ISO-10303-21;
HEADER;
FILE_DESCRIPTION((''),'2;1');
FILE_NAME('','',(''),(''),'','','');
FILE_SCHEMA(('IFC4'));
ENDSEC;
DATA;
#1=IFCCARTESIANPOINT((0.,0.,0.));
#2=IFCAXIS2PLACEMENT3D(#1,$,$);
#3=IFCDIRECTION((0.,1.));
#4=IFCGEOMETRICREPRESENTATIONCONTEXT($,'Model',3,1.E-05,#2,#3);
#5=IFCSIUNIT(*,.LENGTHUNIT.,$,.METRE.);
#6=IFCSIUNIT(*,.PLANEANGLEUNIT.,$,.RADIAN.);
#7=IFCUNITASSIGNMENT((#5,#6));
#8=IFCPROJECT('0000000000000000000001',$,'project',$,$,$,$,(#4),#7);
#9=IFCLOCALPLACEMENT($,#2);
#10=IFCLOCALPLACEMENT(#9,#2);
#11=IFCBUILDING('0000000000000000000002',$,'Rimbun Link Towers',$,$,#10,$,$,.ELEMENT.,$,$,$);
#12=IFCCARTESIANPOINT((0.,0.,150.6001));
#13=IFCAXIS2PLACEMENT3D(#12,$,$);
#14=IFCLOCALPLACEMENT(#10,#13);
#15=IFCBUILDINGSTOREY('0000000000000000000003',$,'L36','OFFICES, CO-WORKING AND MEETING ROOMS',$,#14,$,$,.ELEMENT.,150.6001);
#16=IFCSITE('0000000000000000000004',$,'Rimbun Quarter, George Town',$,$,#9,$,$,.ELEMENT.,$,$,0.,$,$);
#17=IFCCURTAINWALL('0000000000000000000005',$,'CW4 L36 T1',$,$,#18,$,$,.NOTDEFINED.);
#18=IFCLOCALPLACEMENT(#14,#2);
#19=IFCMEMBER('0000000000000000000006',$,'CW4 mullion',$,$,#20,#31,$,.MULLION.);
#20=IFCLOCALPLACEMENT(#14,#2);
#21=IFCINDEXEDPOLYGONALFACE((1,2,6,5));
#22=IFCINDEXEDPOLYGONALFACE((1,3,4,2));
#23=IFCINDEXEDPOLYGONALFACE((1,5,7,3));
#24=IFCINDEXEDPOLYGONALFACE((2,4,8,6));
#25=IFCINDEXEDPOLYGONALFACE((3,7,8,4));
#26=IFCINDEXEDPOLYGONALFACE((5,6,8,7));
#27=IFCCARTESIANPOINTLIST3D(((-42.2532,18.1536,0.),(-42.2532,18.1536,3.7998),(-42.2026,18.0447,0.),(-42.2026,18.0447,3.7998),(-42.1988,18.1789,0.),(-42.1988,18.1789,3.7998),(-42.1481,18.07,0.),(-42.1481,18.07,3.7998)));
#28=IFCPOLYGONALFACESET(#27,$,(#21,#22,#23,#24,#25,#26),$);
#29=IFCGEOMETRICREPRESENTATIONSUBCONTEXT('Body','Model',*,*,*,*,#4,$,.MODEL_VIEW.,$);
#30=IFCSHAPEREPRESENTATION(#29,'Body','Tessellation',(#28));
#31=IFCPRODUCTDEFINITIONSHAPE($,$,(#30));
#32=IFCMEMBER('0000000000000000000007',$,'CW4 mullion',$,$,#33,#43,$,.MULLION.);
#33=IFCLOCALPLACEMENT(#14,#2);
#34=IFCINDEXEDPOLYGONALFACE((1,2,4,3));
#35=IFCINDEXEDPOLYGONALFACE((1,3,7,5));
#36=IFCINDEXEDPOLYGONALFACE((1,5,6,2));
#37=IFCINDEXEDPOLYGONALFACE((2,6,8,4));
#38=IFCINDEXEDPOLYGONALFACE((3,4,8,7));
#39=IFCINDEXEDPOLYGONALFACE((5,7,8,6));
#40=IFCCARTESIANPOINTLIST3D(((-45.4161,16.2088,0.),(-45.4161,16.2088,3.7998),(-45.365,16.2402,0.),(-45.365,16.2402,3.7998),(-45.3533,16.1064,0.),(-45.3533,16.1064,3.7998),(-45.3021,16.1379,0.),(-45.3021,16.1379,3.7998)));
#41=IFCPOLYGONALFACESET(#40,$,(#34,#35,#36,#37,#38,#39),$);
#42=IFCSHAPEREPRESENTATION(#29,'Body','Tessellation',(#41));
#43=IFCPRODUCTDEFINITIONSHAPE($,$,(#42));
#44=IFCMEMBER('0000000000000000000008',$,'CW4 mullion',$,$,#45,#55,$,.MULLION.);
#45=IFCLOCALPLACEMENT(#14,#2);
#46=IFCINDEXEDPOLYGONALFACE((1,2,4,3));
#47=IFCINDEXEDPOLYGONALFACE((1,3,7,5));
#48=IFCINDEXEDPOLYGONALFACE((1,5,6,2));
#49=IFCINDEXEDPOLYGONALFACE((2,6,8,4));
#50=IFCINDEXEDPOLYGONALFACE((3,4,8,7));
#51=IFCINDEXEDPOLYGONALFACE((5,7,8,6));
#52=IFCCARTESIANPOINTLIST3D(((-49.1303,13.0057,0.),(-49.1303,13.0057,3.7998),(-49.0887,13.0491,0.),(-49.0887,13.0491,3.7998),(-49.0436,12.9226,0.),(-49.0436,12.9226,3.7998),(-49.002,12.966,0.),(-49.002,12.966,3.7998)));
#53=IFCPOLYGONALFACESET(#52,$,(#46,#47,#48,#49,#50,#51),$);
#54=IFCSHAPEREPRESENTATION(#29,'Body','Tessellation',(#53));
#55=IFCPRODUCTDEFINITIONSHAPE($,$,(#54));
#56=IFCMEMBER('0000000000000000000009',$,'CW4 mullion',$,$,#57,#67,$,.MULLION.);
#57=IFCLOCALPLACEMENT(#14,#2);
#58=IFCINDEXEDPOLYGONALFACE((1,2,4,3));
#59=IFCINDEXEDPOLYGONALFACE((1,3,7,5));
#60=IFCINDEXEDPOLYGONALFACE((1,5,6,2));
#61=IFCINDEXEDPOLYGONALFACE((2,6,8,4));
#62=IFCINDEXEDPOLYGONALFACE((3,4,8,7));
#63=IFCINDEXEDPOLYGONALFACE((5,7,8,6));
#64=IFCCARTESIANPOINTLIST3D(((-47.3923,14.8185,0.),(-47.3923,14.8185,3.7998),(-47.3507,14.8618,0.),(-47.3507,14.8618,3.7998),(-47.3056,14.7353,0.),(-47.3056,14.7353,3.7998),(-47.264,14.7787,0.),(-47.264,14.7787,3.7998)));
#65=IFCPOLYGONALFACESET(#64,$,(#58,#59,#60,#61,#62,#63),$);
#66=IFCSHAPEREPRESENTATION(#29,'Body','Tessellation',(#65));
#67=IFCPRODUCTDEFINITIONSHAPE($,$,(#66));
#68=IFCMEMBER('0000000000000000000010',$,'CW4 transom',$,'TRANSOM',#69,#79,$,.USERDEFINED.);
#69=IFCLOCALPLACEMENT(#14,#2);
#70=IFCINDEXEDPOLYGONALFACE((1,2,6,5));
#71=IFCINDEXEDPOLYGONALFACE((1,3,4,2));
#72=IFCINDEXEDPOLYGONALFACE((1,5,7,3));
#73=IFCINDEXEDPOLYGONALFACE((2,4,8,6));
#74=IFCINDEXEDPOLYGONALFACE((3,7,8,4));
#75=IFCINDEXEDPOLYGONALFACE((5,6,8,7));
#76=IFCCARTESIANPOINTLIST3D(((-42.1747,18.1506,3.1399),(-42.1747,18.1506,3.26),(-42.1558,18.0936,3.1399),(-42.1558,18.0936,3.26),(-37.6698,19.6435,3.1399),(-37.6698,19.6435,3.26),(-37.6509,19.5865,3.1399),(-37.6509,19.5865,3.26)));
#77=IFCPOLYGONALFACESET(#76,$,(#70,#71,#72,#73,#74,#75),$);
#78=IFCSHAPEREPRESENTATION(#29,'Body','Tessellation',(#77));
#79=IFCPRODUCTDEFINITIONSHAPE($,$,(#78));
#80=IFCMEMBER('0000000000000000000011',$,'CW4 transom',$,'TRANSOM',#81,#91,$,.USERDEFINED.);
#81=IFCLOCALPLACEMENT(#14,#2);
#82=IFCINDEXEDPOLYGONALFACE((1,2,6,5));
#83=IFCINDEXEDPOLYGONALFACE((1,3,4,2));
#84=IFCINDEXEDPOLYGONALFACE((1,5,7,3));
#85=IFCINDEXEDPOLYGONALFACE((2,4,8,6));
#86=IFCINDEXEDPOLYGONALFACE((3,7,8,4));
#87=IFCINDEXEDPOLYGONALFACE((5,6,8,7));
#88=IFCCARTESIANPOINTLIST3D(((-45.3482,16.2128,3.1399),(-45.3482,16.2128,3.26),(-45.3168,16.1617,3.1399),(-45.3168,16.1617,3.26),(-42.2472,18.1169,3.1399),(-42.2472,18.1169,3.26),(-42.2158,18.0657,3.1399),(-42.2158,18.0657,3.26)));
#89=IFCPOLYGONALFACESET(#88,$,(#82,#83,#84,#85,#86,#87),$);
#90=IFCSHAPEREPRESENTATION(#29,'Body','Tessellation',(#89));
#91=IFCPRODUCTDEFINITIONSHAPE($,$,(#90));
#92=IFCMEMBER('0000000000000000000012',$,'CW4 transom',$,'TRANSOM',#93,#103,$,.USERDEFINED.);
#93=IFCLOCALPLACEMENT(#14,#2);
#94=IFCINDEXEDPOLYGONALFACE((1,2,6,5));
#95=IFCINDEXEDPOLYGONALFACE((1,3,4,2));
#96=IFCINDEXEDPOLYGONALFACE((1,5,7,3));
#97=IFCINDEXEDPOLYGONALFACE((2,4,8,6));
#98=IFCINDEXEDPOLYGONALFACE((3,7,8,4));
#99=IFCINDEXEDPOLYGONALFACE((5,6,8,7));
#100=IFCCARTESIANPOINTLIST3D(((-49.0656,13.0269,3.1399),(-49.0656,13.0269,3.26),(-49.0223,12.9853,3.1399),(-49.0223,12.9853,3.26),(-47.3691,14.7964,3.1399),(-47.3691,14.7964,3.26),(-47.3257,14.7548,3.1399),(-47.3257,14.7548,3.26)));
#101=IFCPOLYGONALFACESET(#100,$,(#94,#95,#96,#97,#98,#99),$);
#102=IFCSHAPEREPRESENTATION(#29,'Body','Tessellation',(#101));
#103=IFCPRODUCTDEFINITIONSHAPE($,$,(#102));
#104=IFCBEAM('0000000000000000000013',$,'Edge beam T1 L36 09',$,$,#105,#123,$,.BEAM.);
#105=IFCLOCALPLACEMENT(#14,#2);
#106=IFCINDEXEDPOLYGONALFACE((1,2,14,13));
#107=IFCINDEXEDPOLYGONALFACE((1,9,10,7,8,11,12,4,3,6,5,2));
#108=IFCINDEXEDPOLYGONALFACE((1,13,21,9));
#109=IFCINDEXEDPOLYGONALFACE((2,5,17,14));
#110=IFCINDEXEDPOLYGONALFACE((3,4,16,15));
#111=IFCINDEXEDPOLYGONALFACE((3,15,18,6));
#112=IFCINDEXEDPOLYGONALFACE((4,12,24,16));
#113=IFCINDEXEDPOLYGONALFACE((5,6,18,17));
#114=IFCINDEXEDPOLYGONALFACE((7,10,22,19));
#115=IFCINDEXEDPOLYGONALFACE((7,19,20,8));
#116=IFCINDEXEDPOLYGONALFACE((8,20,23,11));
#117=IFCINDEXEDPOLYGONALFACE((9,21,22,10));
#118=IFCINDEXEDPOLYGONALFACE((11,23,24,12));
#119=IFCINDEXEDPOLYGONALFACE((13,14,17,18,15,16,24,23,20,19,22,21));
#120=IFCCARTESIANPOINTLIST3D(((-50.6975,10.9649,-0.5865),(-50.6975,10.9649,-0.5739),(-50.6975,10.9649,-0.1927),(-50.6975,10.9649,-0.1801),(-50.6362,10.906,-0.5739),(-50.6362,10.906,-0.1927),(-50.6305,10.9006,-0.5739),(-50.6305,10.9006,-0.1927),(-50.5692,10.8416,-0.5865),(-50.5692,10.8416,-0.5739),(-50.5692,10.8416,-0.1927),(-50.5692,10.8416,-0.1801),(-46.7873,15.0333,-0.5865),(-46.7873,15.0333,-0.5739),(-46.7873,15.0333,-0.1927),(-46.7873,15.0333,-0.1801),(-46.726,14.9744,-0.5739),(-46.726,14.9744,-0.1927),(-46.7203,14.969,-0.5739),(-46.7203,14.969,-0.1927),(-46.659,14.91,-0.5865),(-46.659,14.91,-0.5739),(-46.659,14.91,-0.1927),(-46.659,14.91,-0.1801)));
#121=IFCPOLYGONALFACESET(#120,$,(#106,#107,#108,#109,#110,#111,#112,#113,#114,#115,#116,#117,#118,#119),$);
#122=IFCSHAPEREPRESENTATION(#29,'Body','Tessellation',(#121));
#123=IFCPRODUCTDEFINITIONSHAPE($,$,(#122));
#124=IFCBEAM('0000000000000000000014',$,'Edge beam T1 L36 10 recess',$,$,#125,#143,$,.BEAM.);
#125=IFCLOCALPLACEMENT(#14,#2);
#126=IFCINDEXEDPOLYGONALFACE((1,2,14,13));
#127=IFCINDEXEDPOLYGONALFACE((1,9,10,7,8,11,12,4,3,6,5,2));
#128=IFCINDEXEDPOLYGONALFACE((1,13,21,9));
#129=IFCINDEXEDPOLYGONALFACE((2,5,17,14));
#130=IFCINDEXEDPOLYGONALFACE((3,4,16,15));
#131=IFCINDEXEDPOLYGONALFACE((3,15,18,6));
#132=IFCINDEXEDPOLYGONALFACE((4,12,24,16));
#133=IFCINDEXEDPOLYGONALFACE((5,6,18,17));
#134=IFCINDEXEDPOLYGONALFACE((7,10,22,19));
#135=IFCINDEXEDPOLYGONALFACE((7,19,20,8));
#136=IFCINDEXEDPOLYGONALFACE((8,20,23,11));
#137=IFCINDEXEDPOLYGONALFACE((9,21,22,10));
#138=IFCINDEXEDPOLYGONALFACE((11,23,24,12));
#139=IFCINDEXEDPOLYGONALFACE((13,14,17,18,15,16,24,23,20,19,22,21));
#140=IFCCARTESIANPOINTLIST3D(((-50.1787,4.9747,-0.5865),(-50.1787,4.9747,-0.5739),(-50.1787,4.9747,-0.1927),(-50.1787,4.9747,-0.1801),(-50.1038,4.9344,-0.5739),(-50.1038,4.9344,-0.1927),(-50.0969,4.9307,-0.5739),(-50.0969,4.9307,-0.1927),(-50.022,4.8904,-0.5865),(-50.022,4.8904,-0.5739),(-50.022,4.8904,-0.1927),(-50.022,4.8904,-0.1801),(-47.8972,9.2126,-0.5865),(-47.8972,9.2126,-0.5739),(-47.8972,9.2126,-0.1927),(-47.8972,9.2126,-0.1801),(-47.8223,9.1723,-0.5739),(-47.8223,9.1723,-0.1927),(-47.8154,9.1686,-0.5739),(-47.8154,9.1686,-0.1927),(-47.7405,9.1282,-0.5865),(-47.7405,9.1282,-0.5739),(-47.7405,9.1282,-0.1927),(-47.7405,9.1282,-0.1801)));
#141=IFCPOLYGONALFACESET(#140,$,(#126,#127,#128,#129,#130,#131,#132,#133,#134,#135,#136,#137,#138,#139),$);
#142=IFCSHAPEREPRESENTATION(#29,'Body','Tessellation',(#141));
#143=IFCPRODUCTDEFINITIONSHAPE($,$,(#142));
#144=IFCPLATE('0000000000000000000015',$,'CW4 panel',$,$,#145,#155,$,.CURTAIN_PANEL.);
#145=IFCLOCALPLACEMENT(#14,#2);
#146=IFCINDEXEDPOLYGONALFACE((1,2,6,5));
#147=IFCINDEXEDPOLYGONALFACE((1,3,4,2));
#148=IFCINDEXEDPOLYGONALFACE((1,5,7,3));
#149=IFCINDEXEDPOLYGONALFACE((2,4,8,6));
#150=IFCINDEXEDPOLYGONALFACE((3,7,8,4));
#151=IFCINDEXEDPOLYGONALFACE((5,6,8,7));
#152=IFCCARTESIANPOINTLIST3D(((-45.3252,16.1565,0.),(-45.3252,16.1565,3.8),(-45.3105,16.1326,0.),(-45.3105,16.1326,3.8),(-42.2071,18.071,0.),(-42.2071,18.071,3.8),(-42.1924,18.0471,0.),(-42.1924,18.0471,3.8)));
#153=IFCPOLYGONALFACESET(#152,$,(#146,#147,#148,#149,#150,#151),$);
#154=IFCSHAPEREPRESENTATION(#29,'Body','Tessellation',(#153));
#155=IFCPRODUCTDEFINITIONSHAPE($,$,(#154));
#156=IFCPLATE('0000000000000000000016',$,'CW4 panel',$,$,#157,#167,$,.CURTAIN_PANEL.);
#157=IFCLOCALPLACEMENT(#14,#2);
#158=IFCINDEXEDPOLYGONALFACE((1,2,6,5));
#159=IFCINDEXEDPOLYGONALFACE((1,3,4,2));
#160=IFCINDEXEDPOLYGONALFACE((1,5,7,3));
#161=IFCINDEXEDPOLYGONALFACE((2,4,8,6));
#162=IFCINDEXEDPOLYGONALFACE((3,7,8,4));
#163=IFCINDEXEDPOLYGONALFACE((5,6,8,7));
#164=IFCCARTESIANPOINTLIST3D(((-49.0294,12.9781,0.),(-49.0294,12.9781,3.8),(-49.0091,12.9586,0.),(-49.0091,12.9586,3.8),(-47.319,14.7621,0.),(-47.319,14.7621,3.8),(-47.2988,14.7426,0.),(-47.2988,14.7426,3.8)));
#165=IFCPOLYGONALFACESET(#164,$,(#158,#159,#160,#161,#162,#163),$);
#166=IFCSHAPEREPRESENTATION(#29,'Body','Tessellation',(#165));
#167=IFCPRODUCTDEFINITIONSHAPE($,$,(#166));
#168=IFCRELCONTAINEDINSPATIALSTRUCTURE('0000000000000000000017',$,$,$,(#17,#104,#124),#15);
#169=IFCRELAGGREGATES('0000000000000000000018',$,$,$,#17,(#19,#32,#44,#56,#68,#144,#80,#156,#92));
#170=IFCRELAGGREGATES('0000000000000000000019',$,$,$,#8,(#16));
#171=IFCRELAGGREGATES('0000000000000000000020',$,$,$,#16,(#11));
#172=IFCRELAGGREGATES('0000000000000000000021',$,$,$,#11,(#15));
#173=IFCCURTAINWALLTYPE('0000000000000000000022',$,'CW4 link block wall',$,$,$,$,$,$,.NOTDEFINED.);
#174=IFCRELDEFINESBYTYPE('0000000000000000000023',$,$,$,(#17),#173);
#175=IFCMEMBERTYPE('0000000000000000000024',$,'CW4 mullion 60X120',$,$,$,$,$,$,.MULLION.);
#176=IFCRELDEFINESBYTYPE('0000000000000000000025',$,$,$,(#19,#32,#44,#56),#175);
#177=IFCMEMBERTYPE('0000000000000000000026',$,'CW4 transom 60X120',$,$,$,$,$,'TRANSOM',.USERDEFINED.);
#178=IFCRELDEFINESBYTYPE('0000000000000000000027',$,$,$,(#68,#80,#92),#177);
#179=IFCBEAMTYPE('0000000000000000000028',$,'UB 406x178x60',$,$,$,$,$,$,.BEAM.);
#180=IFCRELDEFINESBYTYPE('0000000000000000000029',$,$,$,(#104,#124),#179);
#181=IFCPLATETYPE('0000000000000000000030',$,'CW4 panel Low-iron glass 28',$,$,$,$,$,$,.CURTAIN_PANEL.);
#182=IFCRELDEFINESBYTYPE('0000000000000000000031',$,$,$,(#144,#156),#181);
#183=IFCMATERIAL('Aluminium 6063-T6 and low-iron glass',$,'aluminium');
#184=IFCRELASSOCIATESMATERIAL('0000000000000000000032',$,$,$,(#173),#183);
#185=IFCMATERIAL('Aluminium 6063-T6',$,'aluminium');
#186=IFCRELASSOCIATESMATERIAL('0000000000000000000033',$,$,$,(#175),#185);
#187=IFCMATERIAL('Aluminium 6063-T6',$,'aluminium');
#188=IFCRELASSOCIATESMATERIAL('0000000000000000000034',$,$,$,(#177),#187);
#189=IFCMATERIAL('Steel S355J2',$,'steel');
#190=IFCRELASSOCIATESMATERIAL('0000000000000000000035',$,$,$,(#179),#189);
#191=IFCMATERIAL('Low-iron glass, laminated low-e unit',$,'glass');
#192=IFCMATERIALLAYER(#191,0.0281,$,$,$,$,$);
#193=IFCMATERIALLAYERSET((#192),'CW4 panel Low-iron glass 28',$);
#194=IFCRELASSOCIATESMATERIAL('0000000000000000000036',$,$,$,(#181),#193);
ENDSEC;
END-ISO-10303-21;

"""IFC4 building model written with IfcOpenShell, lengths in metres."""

from ifc_helpers import new_model, si_unit, direction, frame, origin, origin_2d, place, context, subcontext, project, spatial, rectangle, i_section, extrude, material, layer, layer_set, material_profile, profile_set, type_object, element, aggregate, save


model = new_model("IFC4")

# Units and contexts
model_context = context("Model", 3, precision=1e-05, world=origin(), true_north=direction((0.0, 1.0)))
body_context = subcontext(model_context, "Body", "Model", "MODEL_VIEW")
ifc_project = project(units=[si_unit("LENGTHUNIT", "METRE"), si_unit("PLANEANGLEUNIT", "RADIAN")], contexts=[model_context])

# Site, building, storey
site_placement = place(None, origin())
site = spatial("IfcSite", under=ifc_project, at=site_placement, Name="Rimbun Quarter, George Town", CompositionType="ELEMENT", RefElevation=0.0)
building_placement = place(site_placement, origin())
building = spatial("IfcBuilding", under=site, at=building_placement, Name="Rimbun Link Towers", CompositionType="ELEMENT")
storey_placement = place(building_placement, frame((0.0, 0.0, 150.6001)))
storey = spatial("IfcBuildingStorey", under=building, at=storey_placement, Name="L36", Description="OFFICES, CO-WORKING AND MEETING ROOMS", CompositionType="ELEMENT", Elevation=150.6001)

# Curtain wall, members
ifc_material_1 = material(Name="Aluminium 6063-T6 and low-iron glass", Category="aluminium")
curtain_wall_type = type_object("IfcCurtainWallType", Name="CW4 link block wall", PredefinedType="NOTDEFINED", material=ifc_material_1)
curtain_wall_placement = place(storey_placement, origin())
curtain_wall = element("IfcCurtainWall", 1, at=curtain_wall_placement, inside=storey, type_object=curtain_wall_type, Name="CW4 L36 T1", PredefinedType="NOTDEFINED")
ifc_material_2 = material(Name="Aluminium 6063-T6", Category="aluminium")
ifc_material_profile_1 = material_profile(ifc_material_2, rectangle(XDim=0.1201, YDim=0.0601, at=origin_2d()), Name="MULLION 60X120")
ifc_profile_set_1 = profile_set([ifc_material_profile_1], Name="Aluminium 6063-T6")
member_type_1 = type_object("IfcMemberType", Name="CW4 mullion 60X120", PredefinedType="MULLION", material=ifc_profile_set_1)
member_1_placement = place(storey_placement, frame((-42.2007, 18.1118, 0.0), z_axis=(0.0, 0.0, 1.0), x_axis=(-0.421697, 0.906737, 0.0)))
member_1 = element("IfcMember", 2, at=member_1_placement, type_object=member_type_1, Name="CW4 mullion", PredefinedType="MULLION", context=body_context, shape_type="SweptSolid", body=[
    extrude(rectangle(XDim=0.1201, YDim=0.0601, at=origin_2d()), origin(), (0.0, 0.0, 1.0), 3.7998),
])
member_2_placement = place(storey_placement, frame((-45.3591, 16.1733, 0.0), z_axis=(0.0, 0.0, 1.0), x_axis=(-0.523225, 0.852194, 0.0)))
member_2 = element("IfcMember", 3, at=member_2_placement, type_object=member_type_1, Name="CW4 mullion", PredefinedType="MULLION", context=body_context, shape_type="SweptSolid", body=[
    extrude(rectangle(XDim=0.1201, YDim=0.0601, at=origin_2d()), origin(), (0.0, 0.0, 1.0), 3.7998),
])
member_3_placement = place(storey_placement, frame((-49.0662, 12.9858, 0.0), z_axis=(0.0, 0.0, 1.0), x_axis=(-0.721858, 0.692041, 0.0)))
member_3 = element("IfcMember", 4, at=member_3_placement, type_object=member_type_1, Name="CW4 mullion", PredefinedType="MULLION", context=body_context, shape_type="SweptSolid", body=[
    extrude(rectangle(XDim=0.1201, YDim=0.0601, at=origin_2d()), origin(), (0.0, 0.0, 1.0), 3.7998),
])
member_4_placement = place(storey_placement, frame((-47.3281, 14.7986, 0.0), z_axis=(0.0, 0.0, 1.0), x_axis=(-0.721858, 0.692041, 0.0)))
member_4 = element("IfcMember", 5, at=member_4_placement, type_object=member_type_1, Name="CW4 mullion", PredefinedType="MULLION", context=body_context, shape_type="SweptSolid", body=[
    extrude(rectangle(XDim=0.1201, YDim=0.0601, at=origin_2d()), origin(), (0.0, 0.0, 1.0), 3.7998),
])
ifc_material_3 = material(Name="Aluminium 6063-T6", Category="aluminium")
ifc_material_profile_2 = material_profile(ifc_material_3, rectangle(XDim=0.0601, YDim=0.1201, at=origin_2d()), Name="TRANSOM 60X120")
ifc_profile_set_2 = profile_set([ifc_material_profile_2], Name="Aluminium 6063-T6")
member_type_2 = type_object("IfcMemberType", Name="CW4 transom 60X120", ElementType="TRANSOM", PredefinedType="USERDEFINED", material=ifc_profile_set_2)
member_5_placement = place(storey_placement, frame((-42.1653, 18.1221, 3.2), z_axis=(0.949232, 0.314576, 0.0), x_axis=(-0.314576, 0.949232, 0.0)))
member_5 = element("IfcMember", 6, at=member_5_placement, type_object=member_type_2, Name="CW4 transom", ObjectType="TRANSOM", PredefinedType="USERDEFINED", context=body_context, shape_type="SweptSolid", body=[
    extrude(rectangle(XDim=0.0601, YDim=0.1201, at=origin_2d()), origin(), (0.0, 0.0, 1.0), 4.7458),
])
member_6_placement = place(storey_placement, frame((-45.3325, 16.1873, 3.2), z_axis=(0.852185, 0.52324, 0.0), x_axis=(-0.52324, 0.852185, 0.0)))
member_6 = element("IfcMember", 7, at=member_6_placement, type_object=member_type_2, Name="CW4 transom", ObjectType="TRANSOM", PredefinedType="USERDEFINED", context=body_context, shape_type="SweptSolid", body=[
    extrude(rectangle(XDim=0.0601, YDim=0.1201, at=origin_2d()), origin(), (0.0, 0.0, 1.0), 3.6389),
])
member_7_placement = place(storey_placement, frame((-49.0439, 13.0061, 3.2), z_axis=(0.692061, 0.721839, 0.0), x_axis=(-0.721839, 0.692061, 0.0)))
member_7 = element("IfcMember", 8, at=member_7_placement, type_object=member_type_2, Name="CW4 transom", ObjectType="TRANSOM", PredefinedType="USERDEFINED", context=body_context, shape_type="SweptSolid", body=[
    extrude(rectangle(XDim=0.0601, YDim=0.1201, at=origin_2d()), origin(), (0.0, 0.0, 1.0), 2.4514),
])

# Beams
ifc_material_4 = material(Name="Steel S355J2", Category="steel")
ifc_material_profile_3 = material_profile(ifc_material_4, i_section(OverallWidth=0.178, OverallDepth=0.4065, WebThickness=0.0078, FlangeThickness=0.0127, at=origin_2d()), Name="UB 406x178x60")
ifc_profile_set_3 = profile_set([ifc_material_profile_3], Name="Steel S355J2")
beam_type = type_object("IfcBeamType", Name="UB 406x178x60", PredefinedType="BEAM", material=ifc_profile_set_3)
beam_1_placement = place(storey_placement, frame((-46.7231, 14.9717, -0.3833), z_axis=(-0.69295, -0.720986, 0.0), x_axis=(0.720986, -0.69295, 0.0)))
element("IfcBeam", 9, at=beam_1_placement, inside=storey, type_object=beam_type, Name="Edge beam T1 L36 09", PredefinedType="BEAM", context=body_context, shape_type="SweptSolid", body=[
    extrude(i_section(OverallWidth=0.178, OverallDepth=0.4065, WebThickness=0.0078, FlangeThickness=0.0127, at=origin_2d()), origin(), (0.0, 0.0, 1.0), 5.6428),
])
beam_2_placement = place(storey_placement, frame((-47.8188, 9.1704, -0.3833), z_axis=(-0.474036, -0.880505, 0.0), x_axis=(0.880505, -0.474036, 0.0)))
element("IfcBeam", 10, at=beam_2_placement, inside=storey, type_object=beam_type, Name="Edge beam T1 L36 10 recess", PredefinedType="BEAM", context=body_context, shape_type="SweptSolid", body=[
    extrude(i_section(OverallWidth=0.178, OverallDepth=0.4065, WebThickness=0.0078, FlangeThickness=0.0127, at=origin_2d()), origin(), (0.0, 0.0, 1.0), 4.813),
])

# Plates
ifc_material_5 = material(Name="Low-iron glass, laminated low-e unit", Category="glass")
ifc_layer_1 = layer(ifc_material_5, 0.0281)
ifc_layer_set_1 = layer_set([ifc_layer_1], Name="CW4 panel Low-iron glass 28")
plate_type = type_object("IfcPlateType", Name="CW4 panel Low-iron glass 28", PredefinedType="CURTAIN_PANEL", material=ifc_layer_set_1)
plate_1_placement = place(storey_placement, frame((-43.7588, 17.1018, 0.0), z_axis=(0.0, 0.0, 1.0), x_axis=(0.852194, 0.523225, 0.0)))
plate_1 = element("IfcPlate", 11, at=plate_1_placement, type_object=plate_type, Name="CW4 panel", PredefinedType="CURTAIN_PANEL", context=body_context, shape_type="SweptSolid", body=[
    extrude(rectangle(XDim=3.6589, YDim=0.0281, at=origin_2d()), origin(), (0.0, 0.0, 1.0), 3.8),
])
plate_2_placement = place(storey_placement, frame((-48.1641, 13.8604, 0.0), z_axis=(0.0, 0.0, 1.0), x_axis=(0.692041, 0.721858, 0.0)))
plate_2 = element("IfcPlate", 12, at=plate_2_placement, type_object=plate_type, Name="CW4 panel", PredefinedType="CURTAIN_PANEL", context=body_context, shape_type="SweptSolid", body=[
    extrude(rectangle(XDim=2.4714, YDim=0.0281, at=origin_2d()), origin(), (0.0, 0.0, 1.0), 3.8),
])
aggregate(curtain_wall, [member_1, member_2, member_3, member_4, member_5, plate_1, member_6, plate_2, member_7])

save(model, "model.ifc")
